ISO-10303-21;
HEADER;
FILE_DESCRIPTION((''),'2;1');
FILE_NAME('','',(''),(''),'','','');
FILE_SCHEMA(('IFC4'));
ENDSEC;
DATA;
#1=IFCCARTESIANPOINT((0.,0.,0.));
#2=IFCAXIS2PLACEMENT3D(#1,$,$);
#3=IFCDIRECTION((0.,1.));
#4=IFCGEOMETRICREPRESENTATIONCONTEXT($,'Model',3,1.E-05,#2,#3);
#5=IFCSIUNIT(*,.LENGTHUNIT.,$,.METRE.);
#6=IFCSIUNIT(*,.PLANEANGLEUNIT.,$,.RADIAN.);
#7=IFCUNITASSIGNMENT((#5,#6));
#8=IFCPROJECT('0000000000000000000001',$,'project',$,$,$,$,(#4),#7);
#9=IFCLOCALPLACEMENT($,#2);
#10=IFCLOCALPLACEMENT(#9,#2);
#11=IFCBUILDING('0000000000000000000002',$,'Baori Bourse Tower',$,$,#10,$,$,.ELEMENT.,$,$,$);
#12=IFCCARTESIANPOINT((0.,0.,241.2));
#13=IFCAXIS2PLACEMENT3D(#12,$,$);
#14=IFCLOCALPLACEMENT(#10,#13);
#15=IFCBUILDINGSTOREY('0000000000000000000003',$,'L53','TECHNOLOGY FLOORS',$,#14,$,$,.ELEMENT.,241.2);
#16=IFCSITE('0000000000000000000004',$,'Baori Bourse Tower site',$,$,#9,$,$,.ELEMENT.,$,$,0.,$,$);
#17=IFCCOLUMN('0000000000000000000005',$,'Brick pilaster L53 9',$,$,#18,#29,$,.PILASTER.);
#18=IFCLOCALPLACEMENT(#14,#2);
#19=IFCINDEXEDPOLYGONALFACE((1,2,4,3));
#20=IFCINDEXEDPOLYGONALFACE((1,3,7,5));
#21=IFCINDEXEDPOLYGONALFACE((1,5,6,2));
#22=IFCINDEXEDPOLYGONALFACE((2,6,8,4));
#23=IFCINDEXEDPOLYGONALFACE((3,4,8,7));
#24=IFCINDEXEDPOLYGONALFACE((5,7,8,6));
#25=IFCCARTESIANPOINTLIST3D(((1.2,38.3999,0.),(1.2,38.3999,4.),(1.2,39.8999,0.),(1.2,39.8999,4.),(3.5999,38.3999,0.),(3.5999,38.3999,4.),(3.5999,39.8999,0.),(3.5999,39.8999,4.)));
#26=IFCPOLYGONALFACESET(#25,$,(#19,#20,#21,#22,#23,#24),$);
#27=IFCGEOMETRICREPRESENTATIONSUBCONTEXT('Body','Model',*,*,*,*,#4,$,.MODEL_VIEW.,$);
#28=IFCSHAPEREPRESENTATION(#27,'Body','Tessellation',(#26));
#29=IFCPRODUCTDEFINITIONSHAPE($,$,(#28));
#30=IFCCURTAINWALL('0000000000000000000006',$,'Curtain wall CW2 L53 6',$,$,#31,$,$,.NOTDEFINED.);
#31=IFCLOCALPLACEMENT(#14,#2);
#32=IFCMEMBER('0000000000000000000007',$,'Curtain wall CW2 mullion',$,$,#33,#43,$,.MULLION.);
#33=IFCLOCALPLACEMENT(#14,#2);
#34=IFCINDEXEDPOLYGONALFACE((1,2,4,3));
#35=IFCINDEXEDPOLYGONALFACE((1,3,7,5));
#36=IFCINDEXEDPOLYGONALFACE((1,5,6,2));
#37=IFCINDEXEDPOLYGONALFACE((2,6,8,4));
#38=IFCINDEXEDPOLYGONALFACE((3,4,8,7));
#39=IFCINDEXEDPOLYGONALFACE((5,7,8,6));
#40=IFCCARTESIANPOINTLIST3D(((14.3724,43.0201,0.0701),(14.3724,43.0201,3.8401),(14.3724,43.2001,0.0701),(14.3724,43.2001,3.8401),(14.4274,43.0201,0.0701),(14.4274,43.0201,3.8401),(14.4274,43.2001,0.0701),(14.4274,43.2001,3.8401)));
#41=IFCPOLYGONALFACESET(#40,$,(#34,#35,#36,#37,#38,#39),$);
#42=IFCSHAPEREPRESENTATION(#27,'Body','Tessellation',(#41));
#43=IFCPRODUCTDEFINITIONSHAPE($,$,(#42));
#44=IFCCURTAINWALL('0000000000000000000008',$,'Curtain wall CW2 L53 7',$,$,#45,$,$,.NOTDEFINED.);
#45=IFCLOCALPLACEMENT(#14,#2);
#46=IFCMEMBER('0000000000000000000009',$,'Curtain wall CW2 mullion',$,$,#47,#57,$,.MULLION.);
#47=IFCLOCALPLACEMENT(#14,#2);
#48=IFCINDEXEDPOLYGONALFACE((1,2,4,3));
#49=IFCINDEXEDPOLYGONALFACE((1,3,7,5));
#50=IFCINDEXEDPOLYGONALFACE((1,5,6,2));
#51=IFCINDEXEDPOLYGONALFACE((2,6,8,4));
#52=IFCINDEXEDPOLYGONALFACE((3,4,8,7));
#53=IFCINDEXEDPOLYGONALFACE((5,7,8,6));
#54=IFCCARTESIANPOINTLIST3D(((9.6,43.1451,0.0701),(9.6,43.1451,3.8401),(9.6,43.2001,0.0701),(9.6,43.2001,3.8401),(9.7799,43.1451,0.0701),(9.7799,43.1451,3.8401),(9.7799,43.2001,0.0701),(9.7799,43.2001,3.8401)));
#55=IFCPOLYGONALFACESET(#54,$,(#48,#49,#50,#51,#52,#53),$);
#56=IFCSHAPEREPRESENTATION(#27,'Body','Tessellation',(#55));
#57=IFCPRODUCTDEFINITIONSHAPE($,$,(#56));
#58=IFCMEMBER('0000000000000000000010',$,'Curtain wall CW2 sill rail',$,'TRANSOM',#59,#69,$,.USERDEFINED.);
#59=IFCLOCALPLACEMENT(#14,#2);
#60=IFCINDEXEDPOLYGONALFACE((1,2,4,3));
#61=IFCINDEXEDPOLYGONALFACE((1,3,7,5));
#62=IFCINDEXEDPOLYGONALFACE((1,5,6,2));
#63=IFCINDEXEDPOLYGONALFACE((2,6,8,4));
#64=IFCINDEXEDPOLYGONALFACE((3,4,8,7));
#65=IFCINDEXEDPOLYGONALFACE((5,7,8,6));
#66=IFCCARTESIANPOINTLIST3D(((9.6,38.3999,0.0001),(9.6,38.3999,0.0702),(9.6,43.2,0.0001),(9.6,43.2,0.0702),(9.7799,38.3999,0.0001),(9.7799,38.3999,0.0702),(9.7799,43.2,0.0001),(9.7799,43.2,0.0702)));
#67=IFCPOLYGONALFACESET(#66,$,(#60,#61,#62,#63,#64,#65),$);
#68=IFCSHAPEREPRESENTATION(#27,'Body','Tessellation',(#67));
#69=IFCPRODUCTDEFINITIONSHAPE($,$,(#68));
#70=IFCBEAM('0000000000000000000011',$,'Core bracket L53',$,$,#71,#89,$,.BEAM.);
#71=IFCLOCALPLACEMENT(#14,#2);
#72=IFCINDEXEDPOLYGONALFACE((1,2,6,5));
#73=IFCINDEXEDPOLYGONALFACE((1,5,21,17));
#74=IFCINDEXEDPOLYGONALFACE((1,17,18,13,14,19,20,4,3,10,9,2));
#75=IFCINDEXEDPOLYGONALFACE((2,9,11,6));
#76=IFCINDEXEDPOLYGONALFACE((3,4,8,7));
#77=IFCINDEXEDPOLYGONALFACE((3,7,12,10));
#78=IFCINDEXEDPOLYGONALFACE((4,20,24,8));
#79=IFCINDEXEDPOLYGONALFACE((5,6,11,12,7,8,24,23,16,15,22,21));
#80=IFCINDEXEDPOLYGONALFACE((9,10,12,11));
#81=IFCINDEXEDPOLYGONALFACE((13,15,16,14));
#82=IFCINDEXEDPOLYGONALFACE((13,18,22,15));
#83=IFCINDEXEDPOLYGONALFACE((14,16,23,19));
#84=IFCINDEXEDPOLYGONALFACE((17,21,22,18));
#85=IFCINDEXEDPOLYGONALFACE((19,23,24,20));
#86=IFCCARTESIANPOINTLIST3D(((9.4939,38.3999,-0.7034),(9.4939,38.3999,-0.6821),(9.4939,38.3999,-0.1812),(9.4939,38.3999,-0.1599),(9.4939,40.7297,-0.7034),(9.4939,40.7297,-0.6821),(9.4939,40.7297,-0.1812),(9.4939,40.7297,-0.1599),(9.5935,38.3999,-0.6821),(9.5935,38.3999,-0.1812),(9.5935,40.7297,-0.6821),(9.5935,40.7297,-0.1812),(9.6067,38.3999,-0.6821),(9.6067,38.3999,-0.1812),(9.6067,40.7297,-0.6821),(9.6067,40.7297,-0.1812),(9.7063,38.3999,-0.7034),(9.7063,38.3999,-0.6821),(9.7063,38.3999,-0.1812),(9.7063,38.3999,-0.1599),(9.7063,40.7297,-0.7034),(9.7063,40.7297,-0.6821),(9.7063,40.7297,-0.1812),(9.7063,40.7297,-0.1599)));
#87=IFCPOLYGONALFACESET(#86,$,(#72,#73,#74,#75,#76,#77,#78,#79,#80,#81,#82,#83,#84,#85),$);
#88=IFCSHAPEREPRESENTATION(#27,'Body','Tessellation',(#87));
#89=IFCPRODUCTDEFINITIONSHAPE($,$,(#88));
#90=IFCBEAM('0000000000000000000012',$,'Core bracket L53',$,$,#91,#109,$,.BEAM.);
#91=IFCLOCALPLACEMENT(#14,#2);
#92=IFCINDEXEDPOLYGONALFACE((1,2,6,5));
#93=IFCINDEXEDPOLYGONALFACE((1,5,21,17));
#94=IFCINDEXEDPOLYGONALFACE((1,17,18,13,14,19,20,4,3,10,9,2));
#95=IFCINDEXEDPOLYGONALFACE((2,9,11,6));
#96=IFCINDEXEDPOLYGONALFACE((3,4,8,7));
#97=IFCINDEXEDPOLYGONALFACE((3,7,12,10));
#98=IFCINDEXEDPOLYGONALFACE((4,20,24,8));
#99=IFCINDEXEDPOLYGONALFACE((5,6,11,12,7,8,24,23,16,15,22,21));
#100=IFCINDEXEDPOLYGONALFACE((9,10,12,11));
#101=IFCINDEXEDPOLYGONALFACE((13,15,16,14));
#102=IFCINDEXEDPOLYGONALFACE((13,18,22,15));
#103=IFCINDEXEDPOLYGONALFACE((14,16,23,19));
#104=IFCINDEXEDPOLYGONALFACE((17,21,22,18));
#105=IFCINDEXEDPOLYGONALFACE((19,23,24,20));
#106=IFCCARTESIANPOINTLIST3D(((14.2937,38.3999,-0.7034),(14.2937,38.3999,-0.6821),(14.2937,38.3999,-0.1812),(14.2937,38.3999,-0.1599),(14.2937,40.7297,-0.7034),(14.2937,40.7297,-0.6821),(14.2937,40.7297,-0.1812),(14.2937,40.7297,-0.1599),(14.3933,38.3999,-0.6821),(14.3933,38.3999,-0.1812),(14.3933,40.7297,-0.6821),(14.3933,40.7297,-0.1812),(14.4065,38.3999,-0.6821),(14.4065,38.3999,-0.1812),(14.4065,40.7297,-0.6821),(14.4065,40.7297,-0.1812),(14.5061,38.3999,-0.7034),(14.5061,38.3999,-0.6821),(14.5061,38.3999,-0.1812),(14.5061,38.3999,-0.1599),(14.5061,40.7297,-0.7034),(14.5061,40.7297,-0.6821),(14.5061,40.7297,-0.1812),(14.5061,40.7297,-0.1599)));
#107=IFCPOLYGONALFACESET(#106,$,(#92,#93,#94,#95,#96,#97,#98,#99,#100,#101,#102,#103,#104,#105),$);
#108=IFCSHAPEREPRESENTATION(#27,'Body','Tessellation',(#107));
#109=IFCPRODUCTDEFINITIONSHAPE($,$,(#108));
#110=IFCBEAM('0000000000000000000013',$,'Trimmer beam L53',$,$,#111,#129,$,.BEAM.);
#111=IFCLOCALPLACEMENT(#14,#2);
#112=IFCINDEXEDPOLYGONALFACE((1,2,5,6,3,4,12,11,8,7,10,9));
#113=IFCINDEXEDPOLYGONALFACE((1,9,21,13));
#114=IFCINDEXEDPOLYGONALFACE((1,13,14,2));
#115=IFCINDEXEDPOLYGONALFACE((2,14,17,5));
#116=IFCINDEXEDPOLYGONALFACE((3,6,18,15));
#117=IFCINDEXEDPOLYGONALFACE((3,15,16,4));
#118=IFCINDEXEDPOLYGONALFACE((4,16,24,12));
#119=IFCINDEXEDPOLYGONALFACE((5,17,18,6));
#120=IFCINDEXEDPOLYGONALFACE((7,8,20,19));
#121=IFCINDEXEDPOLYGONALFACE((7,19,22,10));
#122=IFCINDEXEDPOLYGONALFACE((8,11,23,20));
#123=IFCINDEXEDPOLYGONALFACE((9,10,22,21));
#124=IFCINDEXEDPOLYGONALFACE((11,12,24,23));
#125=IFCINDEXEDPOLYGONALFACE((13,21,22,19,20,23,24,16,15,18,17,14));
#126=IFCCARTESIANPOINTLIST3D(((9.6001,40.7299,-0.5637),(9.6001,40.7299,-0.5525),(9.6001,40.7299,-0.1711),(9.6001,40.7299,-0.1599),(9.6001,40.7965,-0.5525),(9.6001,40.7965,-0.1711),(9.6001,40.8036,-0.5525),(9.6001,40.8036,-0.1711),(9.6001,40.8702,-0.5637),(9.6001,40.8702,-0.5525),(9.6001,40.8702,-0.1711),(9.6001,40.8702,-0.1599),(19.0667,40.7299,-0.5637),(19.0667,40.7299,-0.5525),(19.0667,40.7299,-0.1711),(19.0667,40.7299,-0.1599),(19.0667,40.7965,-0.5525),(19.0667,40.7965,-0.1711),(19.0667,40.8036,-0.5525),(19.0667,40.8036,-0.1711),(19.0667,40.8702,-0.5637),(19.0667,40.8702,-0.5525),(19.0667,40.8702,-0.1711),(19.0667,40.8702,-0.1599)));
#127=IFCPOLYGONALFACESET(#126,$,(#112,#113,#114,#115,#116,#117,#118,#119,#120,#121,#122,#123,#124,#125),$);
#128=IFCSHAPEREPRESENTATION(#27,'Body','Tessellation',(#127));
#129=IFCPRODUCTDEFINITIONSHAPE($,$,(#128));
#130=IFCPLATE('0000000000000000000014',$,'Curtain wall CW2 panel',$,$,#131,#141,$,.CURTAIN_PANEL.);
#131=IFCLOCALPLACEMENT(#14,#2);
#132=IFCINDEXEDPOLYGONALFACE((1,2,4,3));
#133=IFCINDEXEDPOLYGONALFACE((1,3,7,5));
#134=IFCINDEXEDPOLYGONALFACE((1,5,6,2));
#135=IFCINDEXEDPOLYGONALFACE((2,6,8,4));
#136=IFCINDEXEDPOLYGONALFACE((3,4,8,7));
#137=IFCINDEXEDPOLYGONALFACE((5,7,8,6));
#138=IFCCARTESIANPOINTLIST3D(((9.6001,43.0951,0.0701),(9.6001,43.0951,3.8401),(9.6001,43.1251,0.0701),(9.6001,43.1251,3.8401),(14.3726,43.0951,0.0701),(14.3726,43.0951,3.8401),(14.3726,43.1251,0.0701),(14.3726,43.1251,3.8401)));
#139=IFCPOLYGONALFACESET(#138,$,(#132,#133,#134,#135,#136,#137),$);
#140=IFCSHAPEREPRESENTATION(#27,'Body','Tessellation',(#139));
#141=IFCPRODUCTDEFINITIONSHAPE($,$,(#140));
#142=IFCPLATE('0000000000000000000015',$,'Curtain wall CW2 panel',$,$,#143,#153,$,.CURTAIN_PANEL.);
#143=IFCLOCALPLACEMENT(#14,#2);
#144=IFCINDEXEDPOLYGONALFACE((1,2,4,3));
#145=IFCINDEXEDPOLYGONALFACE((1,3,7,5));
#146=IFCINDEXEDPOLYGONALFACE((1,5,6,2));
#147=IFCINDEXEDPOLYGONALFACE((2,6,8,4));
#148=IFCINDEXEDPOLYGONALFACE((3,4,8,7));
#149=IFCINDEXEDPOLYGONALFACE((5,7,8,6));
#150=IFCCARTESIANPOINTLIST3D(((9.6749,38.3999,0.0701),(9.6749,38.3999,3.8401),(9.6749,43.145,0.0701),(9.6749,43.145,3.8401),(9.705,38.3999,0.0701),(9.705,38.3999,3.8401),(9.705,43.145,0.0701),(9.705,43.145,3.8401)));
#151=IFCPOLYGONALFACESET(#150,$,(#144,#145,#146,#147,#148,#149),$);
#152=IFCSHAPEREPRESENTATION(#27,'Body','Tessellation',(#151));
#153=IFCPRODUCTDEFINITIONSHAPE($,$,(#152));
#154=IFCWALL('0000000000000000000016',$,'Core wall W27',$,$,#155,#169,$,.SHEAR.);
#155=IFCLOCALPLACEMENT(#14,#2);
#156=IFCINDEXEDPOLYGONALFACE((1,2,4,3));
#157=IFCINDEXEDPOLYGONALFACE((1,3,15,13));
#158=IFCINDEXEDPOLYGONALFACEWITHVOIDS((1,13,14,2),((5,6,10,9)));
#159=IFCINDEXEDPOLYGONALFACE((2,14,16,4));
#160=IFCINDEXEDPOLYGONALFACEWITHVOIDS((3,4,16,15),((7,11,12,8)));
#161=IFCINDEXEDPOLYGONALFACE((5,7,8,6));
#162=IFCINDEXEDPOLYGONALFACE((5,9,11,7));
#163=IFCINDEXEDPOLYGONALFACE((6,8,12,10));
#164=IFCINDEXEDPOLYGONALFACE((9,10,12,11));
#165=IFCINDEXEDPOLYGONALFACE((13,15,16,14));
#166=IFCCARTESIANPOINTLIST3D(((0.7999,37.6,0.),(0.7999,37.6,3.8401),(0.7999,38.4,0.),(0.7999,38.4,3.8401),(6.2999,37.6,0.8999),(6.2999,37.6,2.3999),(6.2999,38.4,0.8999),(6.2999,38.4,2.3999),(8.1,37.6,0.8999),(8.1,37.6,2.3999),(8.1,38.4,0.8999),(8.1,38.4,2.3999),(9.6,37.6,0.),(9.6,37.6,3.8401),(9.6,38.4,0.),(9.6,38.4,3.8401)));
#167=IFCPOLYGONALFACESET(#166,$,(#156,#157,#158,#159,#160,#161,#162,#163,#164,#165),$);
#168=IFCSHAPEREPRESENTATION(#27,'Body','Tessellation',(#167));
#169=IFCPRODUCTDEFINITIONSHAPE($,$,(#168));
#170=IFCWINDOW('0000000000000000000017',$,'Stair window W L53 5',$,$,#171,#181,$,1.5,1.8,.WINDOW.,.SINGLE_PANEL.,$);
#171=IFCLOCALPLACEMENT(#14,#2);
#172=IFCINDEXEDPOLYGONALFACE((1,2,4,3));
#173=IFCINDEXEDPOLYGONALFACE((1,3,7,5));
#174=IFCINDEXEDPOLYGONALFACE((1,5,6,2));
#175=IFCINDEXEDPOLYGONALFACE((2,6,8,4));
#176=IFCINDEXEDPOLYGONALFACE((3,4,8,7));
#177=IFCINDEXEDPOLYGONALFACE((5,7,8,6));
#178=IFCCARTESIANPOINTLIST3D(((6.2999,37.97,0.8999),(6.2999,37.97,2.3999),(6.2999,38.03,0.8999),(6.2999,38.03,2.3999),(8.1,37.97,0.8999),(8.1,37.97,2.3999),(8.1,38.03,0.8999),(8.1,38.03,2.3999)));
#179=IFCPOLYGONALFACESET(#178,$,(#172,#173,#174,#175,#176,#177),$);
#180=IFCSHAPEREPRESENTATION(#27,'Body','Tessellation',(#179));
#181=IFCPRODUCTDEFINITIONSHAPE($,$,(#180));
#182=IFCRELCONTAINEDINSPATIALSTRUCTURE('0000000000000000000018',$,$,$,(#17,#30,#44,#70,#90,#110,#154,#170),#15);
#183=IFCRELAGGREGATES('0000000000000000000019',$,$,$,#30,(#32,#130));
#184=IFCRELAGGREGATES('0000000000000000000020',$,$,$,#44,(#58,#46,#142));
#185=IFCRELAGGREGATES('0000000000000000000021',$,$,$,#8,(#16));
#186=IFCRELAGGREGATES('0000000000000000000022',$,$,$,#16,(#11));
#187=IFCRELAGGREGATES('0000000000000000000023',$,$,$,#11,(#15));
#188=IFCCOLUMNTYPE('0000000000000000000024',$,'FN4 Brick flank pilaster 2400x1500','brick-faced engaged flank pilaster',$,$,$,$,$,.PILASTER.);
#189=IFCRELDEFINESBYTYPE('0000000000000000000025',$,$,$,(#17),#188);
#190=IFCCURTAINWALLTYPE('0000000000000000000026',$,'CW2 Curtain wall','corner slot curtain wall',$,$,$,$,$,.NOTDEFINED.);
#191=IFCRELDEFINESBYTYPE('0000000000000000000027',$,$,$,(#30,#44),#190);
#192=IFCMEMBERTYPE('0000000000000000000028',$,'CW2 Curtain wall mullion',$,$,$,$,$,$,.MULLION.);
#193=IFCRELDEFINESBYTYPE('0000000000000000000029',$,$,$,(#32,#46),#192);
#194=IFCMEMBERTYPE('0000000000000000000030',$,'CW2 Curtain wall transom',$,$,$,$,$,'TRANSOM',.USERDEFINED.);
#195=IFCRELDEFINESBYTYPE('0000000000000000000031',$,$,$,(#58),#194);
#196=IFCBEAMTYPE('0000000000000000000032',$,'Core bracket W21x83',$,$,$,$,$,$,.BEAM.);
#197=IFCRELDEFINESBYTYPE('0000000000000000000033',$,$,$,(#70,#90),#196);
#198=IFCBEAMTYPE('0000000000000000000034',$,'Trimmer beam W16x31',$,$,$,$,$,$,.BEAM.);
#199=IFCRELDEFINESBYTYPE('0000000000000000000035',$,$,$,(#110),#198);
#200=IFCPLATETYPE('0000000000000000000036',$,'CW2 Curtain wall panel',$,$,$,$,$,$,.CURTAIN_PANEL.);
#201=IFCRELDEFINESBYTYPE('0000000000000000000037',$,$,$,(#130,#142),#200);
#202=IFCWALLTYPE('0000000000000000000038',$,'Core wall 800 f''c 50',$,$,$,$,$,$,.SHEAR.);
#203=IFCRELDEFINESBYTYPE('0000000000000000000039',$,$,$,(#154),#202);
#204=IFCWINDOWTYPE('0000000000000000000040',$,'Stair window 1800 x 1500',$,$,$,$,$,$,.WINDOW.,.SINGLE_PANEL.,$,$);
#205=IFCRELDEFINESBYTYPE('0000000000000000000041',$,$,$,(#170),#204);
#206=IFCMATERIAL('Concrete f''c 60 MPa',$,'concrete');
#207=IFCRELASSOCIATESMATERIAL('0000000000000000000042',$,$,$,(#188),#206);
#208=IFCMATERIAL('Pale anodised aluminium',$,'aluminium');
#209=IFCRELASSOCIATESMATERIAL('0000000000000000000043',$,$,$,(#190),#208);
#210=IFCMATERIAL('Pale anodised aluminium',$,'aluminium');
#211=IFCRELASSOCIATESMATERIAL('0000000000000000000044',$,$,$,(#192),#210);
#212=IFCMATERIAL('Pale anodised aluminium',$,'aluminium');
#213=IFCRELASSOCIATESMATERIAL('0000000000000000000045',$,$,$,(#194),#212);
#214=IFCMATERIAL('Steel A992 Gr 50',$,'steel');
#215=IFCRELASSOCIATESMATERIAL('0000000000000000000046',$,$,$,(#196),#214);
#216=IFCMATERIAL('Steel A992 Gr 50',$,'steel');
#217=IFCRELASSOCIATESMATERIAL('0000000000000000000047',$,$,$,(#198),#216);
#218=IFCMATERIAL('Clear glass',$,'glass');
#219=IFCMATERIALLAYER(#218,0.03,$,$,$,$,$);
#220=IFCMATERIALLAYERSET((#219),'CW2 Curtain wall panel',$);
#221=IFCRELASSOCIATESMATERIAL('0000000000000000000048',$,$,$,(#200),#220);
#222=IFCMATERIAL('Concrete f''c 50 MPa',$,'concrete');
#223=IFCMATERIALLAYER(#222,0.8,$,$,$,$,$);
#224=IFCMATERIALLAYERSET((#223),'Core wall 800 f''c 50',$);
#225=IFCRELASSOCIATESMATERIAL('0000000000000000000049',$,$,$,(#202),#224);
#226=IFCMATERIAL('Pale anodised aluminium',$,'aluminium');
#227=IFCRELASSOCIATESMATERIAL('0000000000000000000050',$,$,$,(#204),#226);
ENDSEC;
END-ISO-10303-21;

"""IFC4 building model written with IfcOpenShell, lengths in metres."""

from ifc_helpers import new_model, si_unit, direction, frame, frame_2d, origin, origin_2d, place, context, subcontext, project, spatial, rectangle, i_section, extrude, material, layer, layer_set, material_profile, profile_set, type_object, element, fill, aggregate, save


model = new_model("IFC4")

# Units and contexts
model_context = context("Model", 3, precision=1e-05, world=origin(), true_north=direction((0.0, 1.0)))
body_context = subcontext(model_context, "Body", "Model", "MODEL_VIEW")
ifc_project = project(units=[si_unit("LENGTHUNIT", "METRE"), si_unit("PLANEANGLEUNIT", "RADIAN")], contexts=[model_context])

# Site, building, storey
site_placement = place(None, origin())
site = spatial("IfcSite", under=ifc_project, at=site_placement, Name="Baori Bourse Tower site", CompositionType="ELEMENT", RefElevation=0.0)
building_placement = place(site_placement, origin())
building = spatial("IfcBuilding", under=site, at=building_placement, Name="Baori Bourse Tower", CompositionType="ELEMENT")
storey_placement = place(building_placement, frame((0.0, 0.0, 241.2)))
storey = spatial("IfcBuildingStorey", under=building, at=storey_placement, Name="L53", Description="TECHNOLOGY FLOORS", CompositionType="ELEMENT", Elevation=241.2)

# Column
ifc_material_1 = material(Name="Concrete f'c 60 MPa", Category="concrete")
ifc_material_profile_1 = material_profile(ifc_material_1, rectangle(XDim=2.3999, YDim=1.5, at=origin_2d()), Name="RC 2400x1500")
ifc_profile_set_1 = profile_set([ifc_material_profile_1], Name="Concrete f'c 60 MPa")
column_type = type_object("IfcColumnType", Name="FN4 Brick flank pilaster 2400x1500", Description="brick-faced engaged flank pilaster", PredefinedType="PILASTER", material=ifc_profile_set_1)
column_placement = place(storey_placement, frame((2.3999, 39.1499, 0.0), z_axis=(0.0, 0.0, 1.0), x_axis=(1.0, 0.0, 0.0)))
element("IfcColumn", 1, at=column_placement, inside=storey, type_object=column_type, Name="Brick pilaster L53 9", PredefinedType="PILASTER", context=body_context, shape_type="SweptSolid", body=[
    extrude(rectangle(XDim=2.3999, YDim=1.5, at=origin_2d()), origin(), (0.0, 0.0, 1.0), 4.0),
])

# Curtain wall, member
ifc_material_2 = material(Name="Pale anodised aluminium", Category="aluminium")
curtain_wall_type = type_object("IfcCurtainWallType", Name="CW2 Curtain wall", Description="corner slot curtain wall", PredefinedType="NOTDEFINED", material=ifc_material_2)
curtain_wall_1_placement = place(storey_placement, origin())
curtain_wall_1 = element("IfcCurtainWall", 2, at=curtain_wall_1_placement, inside=storey, type_object=curtain_wall_type, Name="Curtain wall CW2 L53 6", PredefinedType="NOTDEFINED")
ifc_material_3 = material(Name="Pale anodised aluminium", Category="aluminium")
ifc_material_profile_2 = material_profile(ifc_material_3, rectangle(XDim=0.1799, YDim=0.0549, at=origin_2d()), Name="Mullion 55x180")
ifc_profile_set_2 = profile_set([ifc_material_profile_2], Name="Pale anodised aluminium")
member_type_1 = type_object("IfcMemberType", Name="CW2 Curtain wall mullion", PredefinedType="MULLION", material=ifc_profile_set_2)
member_1_placement = place(storey_placement, frame((14.3999, 43.1101, 0.0701), z_axis=(0.0, 0.0, 1.0), x_axis=(0.0, -1.0, 0.0)))
member_1 = element("IfcMember", 3, at=member_1_placement, type_object=member_type_1, Name="Curtain wall CW2 mullion", PredefinedType="MULLION", context=body_context, shape_type="SweptSolid", body=[
    extrude(rectangle(XDim=0.1799, YDim=0.0549, at=origin_2d()), origin(), (0.0, 0.0, 1.0), 3.77),
])

# Curtain wall, members
curtain_wall_2_placement = place(storey_placement, origin())
curtain_wall_2 = element("IfcCurtainWall", 4, at=curtain_wall_2_placement, inside=storey, type_object=curtain_wall_type, Name="Curtain wall CW2 L53 7", PredefinedType="NOTDEFINED")
member_2_placement = place(storey_placement, frame((9.6899, 43.1726, 0.0701), z_axis=(0.0, 0.0, 1.0), x_axis=(1.0, 0.0, 0.0)))
member_2 = element("IfcMember", 5, at=member_2_placement, type_object=member_type_1, Name="Curtain wall CW2 mullion", PredefinedType="MULLION", context=body_context, shape_type="SweptSolid", body=[
    extrude(rectangle(XDim=0.1799, YDim=0.0549, at=origin_2d()), origin(), (0.0, 0.0, 1.0), 3.77),
])
ifc_material_4 = material(Name="Pale anodised aluminium", Category="aluminium")
ifc_material_profile_3 = material_profile(ifc_material_4, rectangle(XDim=0.1799, YDim=0.0701, at=origin_2d()), Name="Transom 70x180")
ifc_profile_set_3 = profile_set([ifc_material_profile_3], Name="Pale anodised aluminium")
member_type_2 = type_object("IfcMemberType", Name="CW2 Curtain wall transom", ElementType="TRANSOM", PredefinedType="USERDEFINED", material=ifc_profile_set_3)
member_3_placement = place(storey_placement, frame((9.6899, 43.2, 0.0352), z_axis=(0.0, -1.0, 0.0), x_axis=(1.0, 0.0, 0.0)))
member_3 = element("IfcMember", 6, at=member_3_placement, type_object=member_type_2, Name="Curtain wall CW2 sill rail", ObjectType="TRANSOM", PredefinedType="USERDEFINED", context=body_context, shape_type="SweptSolid", body=[
    extrude(rectangle(XDim=0.1799, YDim=0.0701, at=origin_2d()), origin(), (0.0, 0.0, 1.0), 4.8),
])

# Beams
ifc_material_5 = material(Name="Steel A992 Gr 50", Category="steel")
ifc_material_profile_4 = material_profile(ifc_material_5, i_section(OverallWidth=0.2124, OverallDepth=0.5435, WebThickness=0.0132, FlangeThickness=0.0212, at=origin_2d()), Name="W21x83")
ifc_profile_set_4 = profile_set([ifc_material_profile_4], Name="Steel A992 Gr 50")
beam_type_1 = type_object("IfcBeamType", Name="Core bracket W21x83", PredefinedType="BEAM", material=ifc_profile_set_4)
for number, where, z_axis, x_axis, name in (
    (7, (9.6001, 38.3999, -0.4316), (0.0, 1.0, 0.0), (-1.0, 0.0, 0.0), "Core bracket L53"),
    (8, (14.3999, 38.3999, -0.4316), (0.0, 1.0, 0.0), (-1.0, 0.0, 0.0), "Core bracket L53"),
):
    element("IfcBeam", number, at=place(storey_placement, frame(where, z_axis=z_axis, x_axis=x_axis)), inside=storey, type_object=beam_type_1, Name=name, PredefinedType="BEAM", context=body_context, shape_type="SweptSolid", body=[
        extrude(i_section(OverallWidth=0.2124, OverallDepth=0.5435, WebThickness=0.0132, FlangeThickness=0.0212, at=origin_2d()), origin(), (0.0, 0.0, 1.0), 2.3298),
    ])
ifc_material_6 = material(Name="Steel A992 Gr 50", Category="steel")
ifc_material_profile_5 = material_profile(ifc_material_6, i_section(OverallWidth=0.1404, OverallDepth=0.4038, WebThickness=0.0071, FlangeThickness=0.0112, at=origin_2d()), Name="W16x31")
ifc_profile_set_5 = profile_set([ifc_material_profile_5], Name="Steel A992 Gr 50")
beam_type_2 = type_object("IfcBeamType", Name="Trimmer beam W16x31", PredefinedType="BEAM", material=ifc_profile_set_5)
beam_placement = place(storey_placement, frame((9.6001, 40.8, -0.3618), z_axis=(1.0, 0.0, 0.0), x_axis=(0.0, 1.0, 0.0)))
element("IfcBeam", 9, at=beam_placement, inside=storey, type_object=beam_type_2, Name="Trimmer beam L53", PredefinedType="BEAM", context=body_context, shape_type="SweptSolid", body=[
    extrude(i_section(OverallWidth=0.1404, OverallDepth=0.4038, WebThickness=0.0071, FlangeThickness=0.0112, at=origin_2d()), origin(), (0.0, 0.0, 1.0), 9.4666),
])

# Plates
ifc_material_7 = material(Name="Clear glass", Category="glass")
ifc_layer_1 = layer(ifc_material_7, 0.03)
ifc_layer_set_1 = layer_set([ifc_layer_1], Name="CW2 Curtain wall panel")
plate_type = type_object("IfcPlateType", Name="CW2 Curtain wall panel", PredefinedType="CURTAIN_PANEL", material=ifc_layer_set_1)
plate_1_placement = place(storey_placement, frame((11.9863, 43.1101, 0.0701), z_axis=(0.0, 0.0, 1.0), x_axis=(-1.0, 0.0, 0.0)))
plate_1 = element("IfcPlate", 10, at=plate_1_placement, type_object=plate_type, Name="Curtain wall CW2 panel", PredefinedType="CURTAIN_PANEL", context=body_context, shape_type="SweptSolid", body=[
    extrude(rectangle(XDim=4.7725, YDim=0.03, at=origin_2d()), origin(), (0.0, 0.0, 1.0), 3.77),
])
aggregate(curtain_wall_1, [member_1, plate_1])
plate_2_placement = place(storey_placement, frame((9.6899, 40.7725, 0.0701), z_axis=(0.0, 0.0, 1.0), x_axis=(0.0, -1.0, 0.0)))
plate_2 = element("IfcPlate", 11, at=plate_2_placement, type_object=plate_type, Name="Curtain wall CW2 panel", PredefinedType="CURTAIN_PANEL", context=body_context, shape_type="SweptSolid", body=[
    extrude(rectangle(XDim=4.7451, YDim=0.03, at=origin_2d()), origin(), (0.0, 0.0, 1.0), 3.77),
])
aggregate(curtain_wall_2, [member_3, member_2, plate_2])

# Wall, opening, window
ifc_material_8 = material(Name="Concrete f'c 50 MPa", Category="concrete")
ifc_layer_2 = layer(ifc_material_8, 0.8)
ifc_layer_set_2 = layer_set([ifc_layer_2], Name="Core wall 800 f'c 50")
wall_type_1 = type_object("IfcWallType", Name="Core wall 800 f'c 50", PredefinedType="SHEAR", material=ifc_layer_set_2)
wall_1_placement = place(storey_placement, frame((0.8, 38.0, 0.0), z_axis=(0.0, 0.0, 1.0), x_axis=(1.0, 0.0, 0.0)))
wall_1 = element("IfcWall", 12, at=wall_1_placement, inside=storey, type_object=wall_type_1, Name="Core wall W27", PredefinedType="SHEAR", context=body_context, shape_type="SweptSolid", body=[
    extrude(rectangle(XDim=8.8, YDim=0.8, at=frame_2d((4.3999, 0.0))), origin(), (0.0, 0.0, 1.0), 3.8401),
])
opening_1_placement = place(wall_1_placement, frame((5.5, 0.0, 0.8999)))
opening_1 = element("IfcOpeningElement", 13, at=opening_1_placement, cuts=wall_1, PredefinedType="OPENING", context=body_context, shape_type="SweptSolid", body=[
    extrude(rectangle(XDim=1.8, YDim=1.5, at=frame_2d((0.8999, 0.75))), frame((0.0, 0.4099, 0.0), z_axis=(0.0, -1.0, 0.0), x_axis=(1.0, 0.0, 0.0)), (0.0, 0.0, 1.0), 0.8201),
])
ifc_material_9 = material(Name="Pale anodised aluminium", Category="aluminium")
window_type = type_object("IfcWindowType", Name="Stair window 1800 x 1500", PartitioningType="SINGLE_PANEL", PredefinedType="WINDOW", material=ifc_material_9)
window_placement = place(opening_1_placement, origin())
window = element("IfcWindow", 14, at=window_placement, inside=storey, type_object=window_type, Name="Stair window W L53 5", OverallHeight=1.5, OverallWidth=1.8, PartitioningType="SINGLE_PANEL", PredefinedType="WINDOW", context=body_context, shape_type="SweptSolid", body=[
    extrude(rectangle(XDim=1.8, YDim=1.5, at=frame_2d((0.8999, 0.75))), frame((0.0, 0.03, 0.0), z_axis=(0.0, -1.0, 0.0), x_axis=(1.0, 0.0, 0.0)), (0.0, 0.0, 1.0), 0.0601),
])
fill(opening_1, window)

save(model, "model.ifc")
